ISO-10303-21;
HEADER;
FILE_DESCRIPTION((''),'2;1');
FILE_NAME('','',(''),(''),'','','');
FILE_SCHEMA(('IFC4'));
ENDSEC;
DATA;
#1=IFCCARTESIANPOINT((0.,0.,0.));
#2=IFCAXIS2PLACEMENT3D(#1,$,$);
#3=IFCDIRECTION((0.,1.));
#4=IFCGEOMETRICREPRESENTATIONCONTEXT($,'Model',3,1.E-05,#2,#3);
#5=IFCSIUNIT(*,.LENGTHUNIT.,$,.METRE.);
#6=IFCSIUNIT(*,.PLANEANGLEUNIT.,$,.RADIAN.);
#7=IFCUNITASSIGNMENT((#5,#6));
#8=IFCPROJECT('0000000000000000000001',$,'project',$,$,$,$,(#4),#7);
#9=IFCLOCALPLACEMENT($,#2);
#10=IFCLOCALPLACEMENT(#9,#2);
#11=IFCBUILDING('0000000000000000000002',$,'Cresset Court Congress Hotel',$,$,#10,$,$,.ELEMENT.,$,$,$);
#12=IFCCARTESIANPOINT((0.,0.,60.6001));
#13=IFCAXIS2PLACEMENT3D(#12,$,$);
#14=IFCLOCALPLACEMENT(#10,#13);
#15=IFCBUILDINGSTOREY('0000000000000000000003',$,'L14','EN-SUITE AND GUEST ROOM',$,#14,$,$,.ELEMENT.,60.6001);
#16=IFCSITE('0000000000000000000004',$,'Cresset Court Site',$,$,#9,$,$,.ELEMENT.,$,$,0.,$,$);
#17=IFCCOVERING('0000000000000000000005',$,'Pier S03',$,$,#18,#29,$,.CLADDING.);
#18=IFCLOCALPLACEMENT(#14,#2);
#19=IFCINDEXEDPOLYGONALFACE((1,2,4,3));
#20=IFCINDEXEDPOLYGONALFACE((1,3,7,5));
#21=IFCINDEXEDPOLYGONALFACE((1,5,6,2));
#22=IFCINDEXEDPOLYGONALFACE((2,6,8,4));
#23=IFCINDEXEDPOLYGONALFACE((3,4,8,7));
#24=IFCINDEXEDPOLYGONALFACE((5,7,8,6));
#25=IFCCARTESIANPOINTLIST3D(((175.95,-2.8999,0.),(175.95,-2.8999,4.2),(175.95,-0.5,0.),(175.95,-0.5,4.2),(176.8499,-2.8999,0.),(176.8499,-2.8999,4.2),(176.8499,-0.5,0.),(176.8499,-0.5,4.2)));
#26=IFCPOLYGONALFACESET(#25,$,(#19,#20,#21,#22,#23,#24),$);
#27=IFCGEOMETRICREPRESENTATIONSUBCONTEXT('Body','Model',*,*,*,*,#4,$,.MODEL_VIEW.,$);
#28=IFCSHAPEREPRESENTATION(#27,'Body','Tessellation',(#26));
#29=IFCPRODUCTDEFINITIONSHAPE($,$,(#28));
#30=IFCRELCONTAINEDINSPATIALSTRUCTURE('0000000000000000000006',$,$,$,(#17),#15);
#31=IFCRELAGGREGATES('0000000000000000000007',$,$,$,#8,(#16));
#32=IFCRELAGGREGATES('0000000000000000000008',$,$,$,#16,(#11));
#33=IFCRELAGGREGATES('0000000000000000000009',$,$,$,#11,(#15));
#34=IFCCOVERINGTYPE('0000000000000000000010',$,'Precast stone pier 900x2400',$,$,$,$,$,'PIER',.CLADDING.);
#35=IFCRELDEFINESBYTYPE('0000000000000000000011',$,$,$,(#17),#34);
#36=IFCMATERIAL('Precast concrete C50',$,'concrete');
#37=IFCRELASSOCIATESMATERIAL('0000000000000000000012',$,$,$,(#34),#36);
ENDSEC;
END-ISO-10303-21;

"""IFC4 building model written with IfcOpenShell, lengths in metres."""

from ifc_helpers import new_model, si_unit, direction, frame, origin, origin_2d, place, context, subcontext, project, spatial, rectangle, extrude, material, type_object, element, save


model = new_model("IFC4")

# Units and contexts
model_context = context("Model", 3, precision=1e-05, world=origin(), true_north=direction((0.0, 1.0)))
body_context = subcontext(model_context, "Body", "Model", "MODEL_VIEW")
ifc_project = project(units=[si_unit("LENGTHUNIT", "METRE"), si_unit("PLANEANGLEUNIT", "RADIAN")], contexts=[model_context])

# Site, building, storey
site_placement = place(None, origin())
site = spatial("IfcSite", under=ifc_project, at=site_placement, Name="Cresset Court Site", CompositionType="ELEMENT", RefElevation=0.0)
building_placement = place(site_placement, origin())
building = spatial("IfcBuilding", under=site, at=building_placement, Name="Cresset Court Congress Hotel", CompositionType="ELEMENT")
storey_placement = place(building_placement, frame((0.0, 0.0, 60.6001)))
storey = spatial("IfcBuildingStorey", under=building, at=storey_placement, Name="L14", Description="EN-SUITE AND GUEST ROOM", CompositionType="ELEMENT", Elevation=60.6001)

# Covering
ifc_material_1 = material(Name="Precast concrete C50", Category="concrete")
covering_type_1 = type_object("IfcCoveringType", Name="Precast stone pier 900x2400", ElementType="PIER", PredefinedType="CLADDING", material=ifc_material_1)
covering_1_placement = place(storey_placement, frame((176.3999, -1.7, 0.0), z_axis=(0.0, 0.0, 1.0), x_axis=(1.0, 0.0, 0.0)))
element("IfcCovering", 1, at=covering_1_placement, inside=storey, type_object=covering_type_1, Name="Pier S03", PredefinedType="CLADDING", context=body_context, shape_type="SweptSolid", body=[
    extrude(rectangle(XDim=0.8999, YDim=2.3999, at=origin_2d()), origin(), (0.0, 0.0, 1.0), 4.2),
])

save(model, "model.ifc")
